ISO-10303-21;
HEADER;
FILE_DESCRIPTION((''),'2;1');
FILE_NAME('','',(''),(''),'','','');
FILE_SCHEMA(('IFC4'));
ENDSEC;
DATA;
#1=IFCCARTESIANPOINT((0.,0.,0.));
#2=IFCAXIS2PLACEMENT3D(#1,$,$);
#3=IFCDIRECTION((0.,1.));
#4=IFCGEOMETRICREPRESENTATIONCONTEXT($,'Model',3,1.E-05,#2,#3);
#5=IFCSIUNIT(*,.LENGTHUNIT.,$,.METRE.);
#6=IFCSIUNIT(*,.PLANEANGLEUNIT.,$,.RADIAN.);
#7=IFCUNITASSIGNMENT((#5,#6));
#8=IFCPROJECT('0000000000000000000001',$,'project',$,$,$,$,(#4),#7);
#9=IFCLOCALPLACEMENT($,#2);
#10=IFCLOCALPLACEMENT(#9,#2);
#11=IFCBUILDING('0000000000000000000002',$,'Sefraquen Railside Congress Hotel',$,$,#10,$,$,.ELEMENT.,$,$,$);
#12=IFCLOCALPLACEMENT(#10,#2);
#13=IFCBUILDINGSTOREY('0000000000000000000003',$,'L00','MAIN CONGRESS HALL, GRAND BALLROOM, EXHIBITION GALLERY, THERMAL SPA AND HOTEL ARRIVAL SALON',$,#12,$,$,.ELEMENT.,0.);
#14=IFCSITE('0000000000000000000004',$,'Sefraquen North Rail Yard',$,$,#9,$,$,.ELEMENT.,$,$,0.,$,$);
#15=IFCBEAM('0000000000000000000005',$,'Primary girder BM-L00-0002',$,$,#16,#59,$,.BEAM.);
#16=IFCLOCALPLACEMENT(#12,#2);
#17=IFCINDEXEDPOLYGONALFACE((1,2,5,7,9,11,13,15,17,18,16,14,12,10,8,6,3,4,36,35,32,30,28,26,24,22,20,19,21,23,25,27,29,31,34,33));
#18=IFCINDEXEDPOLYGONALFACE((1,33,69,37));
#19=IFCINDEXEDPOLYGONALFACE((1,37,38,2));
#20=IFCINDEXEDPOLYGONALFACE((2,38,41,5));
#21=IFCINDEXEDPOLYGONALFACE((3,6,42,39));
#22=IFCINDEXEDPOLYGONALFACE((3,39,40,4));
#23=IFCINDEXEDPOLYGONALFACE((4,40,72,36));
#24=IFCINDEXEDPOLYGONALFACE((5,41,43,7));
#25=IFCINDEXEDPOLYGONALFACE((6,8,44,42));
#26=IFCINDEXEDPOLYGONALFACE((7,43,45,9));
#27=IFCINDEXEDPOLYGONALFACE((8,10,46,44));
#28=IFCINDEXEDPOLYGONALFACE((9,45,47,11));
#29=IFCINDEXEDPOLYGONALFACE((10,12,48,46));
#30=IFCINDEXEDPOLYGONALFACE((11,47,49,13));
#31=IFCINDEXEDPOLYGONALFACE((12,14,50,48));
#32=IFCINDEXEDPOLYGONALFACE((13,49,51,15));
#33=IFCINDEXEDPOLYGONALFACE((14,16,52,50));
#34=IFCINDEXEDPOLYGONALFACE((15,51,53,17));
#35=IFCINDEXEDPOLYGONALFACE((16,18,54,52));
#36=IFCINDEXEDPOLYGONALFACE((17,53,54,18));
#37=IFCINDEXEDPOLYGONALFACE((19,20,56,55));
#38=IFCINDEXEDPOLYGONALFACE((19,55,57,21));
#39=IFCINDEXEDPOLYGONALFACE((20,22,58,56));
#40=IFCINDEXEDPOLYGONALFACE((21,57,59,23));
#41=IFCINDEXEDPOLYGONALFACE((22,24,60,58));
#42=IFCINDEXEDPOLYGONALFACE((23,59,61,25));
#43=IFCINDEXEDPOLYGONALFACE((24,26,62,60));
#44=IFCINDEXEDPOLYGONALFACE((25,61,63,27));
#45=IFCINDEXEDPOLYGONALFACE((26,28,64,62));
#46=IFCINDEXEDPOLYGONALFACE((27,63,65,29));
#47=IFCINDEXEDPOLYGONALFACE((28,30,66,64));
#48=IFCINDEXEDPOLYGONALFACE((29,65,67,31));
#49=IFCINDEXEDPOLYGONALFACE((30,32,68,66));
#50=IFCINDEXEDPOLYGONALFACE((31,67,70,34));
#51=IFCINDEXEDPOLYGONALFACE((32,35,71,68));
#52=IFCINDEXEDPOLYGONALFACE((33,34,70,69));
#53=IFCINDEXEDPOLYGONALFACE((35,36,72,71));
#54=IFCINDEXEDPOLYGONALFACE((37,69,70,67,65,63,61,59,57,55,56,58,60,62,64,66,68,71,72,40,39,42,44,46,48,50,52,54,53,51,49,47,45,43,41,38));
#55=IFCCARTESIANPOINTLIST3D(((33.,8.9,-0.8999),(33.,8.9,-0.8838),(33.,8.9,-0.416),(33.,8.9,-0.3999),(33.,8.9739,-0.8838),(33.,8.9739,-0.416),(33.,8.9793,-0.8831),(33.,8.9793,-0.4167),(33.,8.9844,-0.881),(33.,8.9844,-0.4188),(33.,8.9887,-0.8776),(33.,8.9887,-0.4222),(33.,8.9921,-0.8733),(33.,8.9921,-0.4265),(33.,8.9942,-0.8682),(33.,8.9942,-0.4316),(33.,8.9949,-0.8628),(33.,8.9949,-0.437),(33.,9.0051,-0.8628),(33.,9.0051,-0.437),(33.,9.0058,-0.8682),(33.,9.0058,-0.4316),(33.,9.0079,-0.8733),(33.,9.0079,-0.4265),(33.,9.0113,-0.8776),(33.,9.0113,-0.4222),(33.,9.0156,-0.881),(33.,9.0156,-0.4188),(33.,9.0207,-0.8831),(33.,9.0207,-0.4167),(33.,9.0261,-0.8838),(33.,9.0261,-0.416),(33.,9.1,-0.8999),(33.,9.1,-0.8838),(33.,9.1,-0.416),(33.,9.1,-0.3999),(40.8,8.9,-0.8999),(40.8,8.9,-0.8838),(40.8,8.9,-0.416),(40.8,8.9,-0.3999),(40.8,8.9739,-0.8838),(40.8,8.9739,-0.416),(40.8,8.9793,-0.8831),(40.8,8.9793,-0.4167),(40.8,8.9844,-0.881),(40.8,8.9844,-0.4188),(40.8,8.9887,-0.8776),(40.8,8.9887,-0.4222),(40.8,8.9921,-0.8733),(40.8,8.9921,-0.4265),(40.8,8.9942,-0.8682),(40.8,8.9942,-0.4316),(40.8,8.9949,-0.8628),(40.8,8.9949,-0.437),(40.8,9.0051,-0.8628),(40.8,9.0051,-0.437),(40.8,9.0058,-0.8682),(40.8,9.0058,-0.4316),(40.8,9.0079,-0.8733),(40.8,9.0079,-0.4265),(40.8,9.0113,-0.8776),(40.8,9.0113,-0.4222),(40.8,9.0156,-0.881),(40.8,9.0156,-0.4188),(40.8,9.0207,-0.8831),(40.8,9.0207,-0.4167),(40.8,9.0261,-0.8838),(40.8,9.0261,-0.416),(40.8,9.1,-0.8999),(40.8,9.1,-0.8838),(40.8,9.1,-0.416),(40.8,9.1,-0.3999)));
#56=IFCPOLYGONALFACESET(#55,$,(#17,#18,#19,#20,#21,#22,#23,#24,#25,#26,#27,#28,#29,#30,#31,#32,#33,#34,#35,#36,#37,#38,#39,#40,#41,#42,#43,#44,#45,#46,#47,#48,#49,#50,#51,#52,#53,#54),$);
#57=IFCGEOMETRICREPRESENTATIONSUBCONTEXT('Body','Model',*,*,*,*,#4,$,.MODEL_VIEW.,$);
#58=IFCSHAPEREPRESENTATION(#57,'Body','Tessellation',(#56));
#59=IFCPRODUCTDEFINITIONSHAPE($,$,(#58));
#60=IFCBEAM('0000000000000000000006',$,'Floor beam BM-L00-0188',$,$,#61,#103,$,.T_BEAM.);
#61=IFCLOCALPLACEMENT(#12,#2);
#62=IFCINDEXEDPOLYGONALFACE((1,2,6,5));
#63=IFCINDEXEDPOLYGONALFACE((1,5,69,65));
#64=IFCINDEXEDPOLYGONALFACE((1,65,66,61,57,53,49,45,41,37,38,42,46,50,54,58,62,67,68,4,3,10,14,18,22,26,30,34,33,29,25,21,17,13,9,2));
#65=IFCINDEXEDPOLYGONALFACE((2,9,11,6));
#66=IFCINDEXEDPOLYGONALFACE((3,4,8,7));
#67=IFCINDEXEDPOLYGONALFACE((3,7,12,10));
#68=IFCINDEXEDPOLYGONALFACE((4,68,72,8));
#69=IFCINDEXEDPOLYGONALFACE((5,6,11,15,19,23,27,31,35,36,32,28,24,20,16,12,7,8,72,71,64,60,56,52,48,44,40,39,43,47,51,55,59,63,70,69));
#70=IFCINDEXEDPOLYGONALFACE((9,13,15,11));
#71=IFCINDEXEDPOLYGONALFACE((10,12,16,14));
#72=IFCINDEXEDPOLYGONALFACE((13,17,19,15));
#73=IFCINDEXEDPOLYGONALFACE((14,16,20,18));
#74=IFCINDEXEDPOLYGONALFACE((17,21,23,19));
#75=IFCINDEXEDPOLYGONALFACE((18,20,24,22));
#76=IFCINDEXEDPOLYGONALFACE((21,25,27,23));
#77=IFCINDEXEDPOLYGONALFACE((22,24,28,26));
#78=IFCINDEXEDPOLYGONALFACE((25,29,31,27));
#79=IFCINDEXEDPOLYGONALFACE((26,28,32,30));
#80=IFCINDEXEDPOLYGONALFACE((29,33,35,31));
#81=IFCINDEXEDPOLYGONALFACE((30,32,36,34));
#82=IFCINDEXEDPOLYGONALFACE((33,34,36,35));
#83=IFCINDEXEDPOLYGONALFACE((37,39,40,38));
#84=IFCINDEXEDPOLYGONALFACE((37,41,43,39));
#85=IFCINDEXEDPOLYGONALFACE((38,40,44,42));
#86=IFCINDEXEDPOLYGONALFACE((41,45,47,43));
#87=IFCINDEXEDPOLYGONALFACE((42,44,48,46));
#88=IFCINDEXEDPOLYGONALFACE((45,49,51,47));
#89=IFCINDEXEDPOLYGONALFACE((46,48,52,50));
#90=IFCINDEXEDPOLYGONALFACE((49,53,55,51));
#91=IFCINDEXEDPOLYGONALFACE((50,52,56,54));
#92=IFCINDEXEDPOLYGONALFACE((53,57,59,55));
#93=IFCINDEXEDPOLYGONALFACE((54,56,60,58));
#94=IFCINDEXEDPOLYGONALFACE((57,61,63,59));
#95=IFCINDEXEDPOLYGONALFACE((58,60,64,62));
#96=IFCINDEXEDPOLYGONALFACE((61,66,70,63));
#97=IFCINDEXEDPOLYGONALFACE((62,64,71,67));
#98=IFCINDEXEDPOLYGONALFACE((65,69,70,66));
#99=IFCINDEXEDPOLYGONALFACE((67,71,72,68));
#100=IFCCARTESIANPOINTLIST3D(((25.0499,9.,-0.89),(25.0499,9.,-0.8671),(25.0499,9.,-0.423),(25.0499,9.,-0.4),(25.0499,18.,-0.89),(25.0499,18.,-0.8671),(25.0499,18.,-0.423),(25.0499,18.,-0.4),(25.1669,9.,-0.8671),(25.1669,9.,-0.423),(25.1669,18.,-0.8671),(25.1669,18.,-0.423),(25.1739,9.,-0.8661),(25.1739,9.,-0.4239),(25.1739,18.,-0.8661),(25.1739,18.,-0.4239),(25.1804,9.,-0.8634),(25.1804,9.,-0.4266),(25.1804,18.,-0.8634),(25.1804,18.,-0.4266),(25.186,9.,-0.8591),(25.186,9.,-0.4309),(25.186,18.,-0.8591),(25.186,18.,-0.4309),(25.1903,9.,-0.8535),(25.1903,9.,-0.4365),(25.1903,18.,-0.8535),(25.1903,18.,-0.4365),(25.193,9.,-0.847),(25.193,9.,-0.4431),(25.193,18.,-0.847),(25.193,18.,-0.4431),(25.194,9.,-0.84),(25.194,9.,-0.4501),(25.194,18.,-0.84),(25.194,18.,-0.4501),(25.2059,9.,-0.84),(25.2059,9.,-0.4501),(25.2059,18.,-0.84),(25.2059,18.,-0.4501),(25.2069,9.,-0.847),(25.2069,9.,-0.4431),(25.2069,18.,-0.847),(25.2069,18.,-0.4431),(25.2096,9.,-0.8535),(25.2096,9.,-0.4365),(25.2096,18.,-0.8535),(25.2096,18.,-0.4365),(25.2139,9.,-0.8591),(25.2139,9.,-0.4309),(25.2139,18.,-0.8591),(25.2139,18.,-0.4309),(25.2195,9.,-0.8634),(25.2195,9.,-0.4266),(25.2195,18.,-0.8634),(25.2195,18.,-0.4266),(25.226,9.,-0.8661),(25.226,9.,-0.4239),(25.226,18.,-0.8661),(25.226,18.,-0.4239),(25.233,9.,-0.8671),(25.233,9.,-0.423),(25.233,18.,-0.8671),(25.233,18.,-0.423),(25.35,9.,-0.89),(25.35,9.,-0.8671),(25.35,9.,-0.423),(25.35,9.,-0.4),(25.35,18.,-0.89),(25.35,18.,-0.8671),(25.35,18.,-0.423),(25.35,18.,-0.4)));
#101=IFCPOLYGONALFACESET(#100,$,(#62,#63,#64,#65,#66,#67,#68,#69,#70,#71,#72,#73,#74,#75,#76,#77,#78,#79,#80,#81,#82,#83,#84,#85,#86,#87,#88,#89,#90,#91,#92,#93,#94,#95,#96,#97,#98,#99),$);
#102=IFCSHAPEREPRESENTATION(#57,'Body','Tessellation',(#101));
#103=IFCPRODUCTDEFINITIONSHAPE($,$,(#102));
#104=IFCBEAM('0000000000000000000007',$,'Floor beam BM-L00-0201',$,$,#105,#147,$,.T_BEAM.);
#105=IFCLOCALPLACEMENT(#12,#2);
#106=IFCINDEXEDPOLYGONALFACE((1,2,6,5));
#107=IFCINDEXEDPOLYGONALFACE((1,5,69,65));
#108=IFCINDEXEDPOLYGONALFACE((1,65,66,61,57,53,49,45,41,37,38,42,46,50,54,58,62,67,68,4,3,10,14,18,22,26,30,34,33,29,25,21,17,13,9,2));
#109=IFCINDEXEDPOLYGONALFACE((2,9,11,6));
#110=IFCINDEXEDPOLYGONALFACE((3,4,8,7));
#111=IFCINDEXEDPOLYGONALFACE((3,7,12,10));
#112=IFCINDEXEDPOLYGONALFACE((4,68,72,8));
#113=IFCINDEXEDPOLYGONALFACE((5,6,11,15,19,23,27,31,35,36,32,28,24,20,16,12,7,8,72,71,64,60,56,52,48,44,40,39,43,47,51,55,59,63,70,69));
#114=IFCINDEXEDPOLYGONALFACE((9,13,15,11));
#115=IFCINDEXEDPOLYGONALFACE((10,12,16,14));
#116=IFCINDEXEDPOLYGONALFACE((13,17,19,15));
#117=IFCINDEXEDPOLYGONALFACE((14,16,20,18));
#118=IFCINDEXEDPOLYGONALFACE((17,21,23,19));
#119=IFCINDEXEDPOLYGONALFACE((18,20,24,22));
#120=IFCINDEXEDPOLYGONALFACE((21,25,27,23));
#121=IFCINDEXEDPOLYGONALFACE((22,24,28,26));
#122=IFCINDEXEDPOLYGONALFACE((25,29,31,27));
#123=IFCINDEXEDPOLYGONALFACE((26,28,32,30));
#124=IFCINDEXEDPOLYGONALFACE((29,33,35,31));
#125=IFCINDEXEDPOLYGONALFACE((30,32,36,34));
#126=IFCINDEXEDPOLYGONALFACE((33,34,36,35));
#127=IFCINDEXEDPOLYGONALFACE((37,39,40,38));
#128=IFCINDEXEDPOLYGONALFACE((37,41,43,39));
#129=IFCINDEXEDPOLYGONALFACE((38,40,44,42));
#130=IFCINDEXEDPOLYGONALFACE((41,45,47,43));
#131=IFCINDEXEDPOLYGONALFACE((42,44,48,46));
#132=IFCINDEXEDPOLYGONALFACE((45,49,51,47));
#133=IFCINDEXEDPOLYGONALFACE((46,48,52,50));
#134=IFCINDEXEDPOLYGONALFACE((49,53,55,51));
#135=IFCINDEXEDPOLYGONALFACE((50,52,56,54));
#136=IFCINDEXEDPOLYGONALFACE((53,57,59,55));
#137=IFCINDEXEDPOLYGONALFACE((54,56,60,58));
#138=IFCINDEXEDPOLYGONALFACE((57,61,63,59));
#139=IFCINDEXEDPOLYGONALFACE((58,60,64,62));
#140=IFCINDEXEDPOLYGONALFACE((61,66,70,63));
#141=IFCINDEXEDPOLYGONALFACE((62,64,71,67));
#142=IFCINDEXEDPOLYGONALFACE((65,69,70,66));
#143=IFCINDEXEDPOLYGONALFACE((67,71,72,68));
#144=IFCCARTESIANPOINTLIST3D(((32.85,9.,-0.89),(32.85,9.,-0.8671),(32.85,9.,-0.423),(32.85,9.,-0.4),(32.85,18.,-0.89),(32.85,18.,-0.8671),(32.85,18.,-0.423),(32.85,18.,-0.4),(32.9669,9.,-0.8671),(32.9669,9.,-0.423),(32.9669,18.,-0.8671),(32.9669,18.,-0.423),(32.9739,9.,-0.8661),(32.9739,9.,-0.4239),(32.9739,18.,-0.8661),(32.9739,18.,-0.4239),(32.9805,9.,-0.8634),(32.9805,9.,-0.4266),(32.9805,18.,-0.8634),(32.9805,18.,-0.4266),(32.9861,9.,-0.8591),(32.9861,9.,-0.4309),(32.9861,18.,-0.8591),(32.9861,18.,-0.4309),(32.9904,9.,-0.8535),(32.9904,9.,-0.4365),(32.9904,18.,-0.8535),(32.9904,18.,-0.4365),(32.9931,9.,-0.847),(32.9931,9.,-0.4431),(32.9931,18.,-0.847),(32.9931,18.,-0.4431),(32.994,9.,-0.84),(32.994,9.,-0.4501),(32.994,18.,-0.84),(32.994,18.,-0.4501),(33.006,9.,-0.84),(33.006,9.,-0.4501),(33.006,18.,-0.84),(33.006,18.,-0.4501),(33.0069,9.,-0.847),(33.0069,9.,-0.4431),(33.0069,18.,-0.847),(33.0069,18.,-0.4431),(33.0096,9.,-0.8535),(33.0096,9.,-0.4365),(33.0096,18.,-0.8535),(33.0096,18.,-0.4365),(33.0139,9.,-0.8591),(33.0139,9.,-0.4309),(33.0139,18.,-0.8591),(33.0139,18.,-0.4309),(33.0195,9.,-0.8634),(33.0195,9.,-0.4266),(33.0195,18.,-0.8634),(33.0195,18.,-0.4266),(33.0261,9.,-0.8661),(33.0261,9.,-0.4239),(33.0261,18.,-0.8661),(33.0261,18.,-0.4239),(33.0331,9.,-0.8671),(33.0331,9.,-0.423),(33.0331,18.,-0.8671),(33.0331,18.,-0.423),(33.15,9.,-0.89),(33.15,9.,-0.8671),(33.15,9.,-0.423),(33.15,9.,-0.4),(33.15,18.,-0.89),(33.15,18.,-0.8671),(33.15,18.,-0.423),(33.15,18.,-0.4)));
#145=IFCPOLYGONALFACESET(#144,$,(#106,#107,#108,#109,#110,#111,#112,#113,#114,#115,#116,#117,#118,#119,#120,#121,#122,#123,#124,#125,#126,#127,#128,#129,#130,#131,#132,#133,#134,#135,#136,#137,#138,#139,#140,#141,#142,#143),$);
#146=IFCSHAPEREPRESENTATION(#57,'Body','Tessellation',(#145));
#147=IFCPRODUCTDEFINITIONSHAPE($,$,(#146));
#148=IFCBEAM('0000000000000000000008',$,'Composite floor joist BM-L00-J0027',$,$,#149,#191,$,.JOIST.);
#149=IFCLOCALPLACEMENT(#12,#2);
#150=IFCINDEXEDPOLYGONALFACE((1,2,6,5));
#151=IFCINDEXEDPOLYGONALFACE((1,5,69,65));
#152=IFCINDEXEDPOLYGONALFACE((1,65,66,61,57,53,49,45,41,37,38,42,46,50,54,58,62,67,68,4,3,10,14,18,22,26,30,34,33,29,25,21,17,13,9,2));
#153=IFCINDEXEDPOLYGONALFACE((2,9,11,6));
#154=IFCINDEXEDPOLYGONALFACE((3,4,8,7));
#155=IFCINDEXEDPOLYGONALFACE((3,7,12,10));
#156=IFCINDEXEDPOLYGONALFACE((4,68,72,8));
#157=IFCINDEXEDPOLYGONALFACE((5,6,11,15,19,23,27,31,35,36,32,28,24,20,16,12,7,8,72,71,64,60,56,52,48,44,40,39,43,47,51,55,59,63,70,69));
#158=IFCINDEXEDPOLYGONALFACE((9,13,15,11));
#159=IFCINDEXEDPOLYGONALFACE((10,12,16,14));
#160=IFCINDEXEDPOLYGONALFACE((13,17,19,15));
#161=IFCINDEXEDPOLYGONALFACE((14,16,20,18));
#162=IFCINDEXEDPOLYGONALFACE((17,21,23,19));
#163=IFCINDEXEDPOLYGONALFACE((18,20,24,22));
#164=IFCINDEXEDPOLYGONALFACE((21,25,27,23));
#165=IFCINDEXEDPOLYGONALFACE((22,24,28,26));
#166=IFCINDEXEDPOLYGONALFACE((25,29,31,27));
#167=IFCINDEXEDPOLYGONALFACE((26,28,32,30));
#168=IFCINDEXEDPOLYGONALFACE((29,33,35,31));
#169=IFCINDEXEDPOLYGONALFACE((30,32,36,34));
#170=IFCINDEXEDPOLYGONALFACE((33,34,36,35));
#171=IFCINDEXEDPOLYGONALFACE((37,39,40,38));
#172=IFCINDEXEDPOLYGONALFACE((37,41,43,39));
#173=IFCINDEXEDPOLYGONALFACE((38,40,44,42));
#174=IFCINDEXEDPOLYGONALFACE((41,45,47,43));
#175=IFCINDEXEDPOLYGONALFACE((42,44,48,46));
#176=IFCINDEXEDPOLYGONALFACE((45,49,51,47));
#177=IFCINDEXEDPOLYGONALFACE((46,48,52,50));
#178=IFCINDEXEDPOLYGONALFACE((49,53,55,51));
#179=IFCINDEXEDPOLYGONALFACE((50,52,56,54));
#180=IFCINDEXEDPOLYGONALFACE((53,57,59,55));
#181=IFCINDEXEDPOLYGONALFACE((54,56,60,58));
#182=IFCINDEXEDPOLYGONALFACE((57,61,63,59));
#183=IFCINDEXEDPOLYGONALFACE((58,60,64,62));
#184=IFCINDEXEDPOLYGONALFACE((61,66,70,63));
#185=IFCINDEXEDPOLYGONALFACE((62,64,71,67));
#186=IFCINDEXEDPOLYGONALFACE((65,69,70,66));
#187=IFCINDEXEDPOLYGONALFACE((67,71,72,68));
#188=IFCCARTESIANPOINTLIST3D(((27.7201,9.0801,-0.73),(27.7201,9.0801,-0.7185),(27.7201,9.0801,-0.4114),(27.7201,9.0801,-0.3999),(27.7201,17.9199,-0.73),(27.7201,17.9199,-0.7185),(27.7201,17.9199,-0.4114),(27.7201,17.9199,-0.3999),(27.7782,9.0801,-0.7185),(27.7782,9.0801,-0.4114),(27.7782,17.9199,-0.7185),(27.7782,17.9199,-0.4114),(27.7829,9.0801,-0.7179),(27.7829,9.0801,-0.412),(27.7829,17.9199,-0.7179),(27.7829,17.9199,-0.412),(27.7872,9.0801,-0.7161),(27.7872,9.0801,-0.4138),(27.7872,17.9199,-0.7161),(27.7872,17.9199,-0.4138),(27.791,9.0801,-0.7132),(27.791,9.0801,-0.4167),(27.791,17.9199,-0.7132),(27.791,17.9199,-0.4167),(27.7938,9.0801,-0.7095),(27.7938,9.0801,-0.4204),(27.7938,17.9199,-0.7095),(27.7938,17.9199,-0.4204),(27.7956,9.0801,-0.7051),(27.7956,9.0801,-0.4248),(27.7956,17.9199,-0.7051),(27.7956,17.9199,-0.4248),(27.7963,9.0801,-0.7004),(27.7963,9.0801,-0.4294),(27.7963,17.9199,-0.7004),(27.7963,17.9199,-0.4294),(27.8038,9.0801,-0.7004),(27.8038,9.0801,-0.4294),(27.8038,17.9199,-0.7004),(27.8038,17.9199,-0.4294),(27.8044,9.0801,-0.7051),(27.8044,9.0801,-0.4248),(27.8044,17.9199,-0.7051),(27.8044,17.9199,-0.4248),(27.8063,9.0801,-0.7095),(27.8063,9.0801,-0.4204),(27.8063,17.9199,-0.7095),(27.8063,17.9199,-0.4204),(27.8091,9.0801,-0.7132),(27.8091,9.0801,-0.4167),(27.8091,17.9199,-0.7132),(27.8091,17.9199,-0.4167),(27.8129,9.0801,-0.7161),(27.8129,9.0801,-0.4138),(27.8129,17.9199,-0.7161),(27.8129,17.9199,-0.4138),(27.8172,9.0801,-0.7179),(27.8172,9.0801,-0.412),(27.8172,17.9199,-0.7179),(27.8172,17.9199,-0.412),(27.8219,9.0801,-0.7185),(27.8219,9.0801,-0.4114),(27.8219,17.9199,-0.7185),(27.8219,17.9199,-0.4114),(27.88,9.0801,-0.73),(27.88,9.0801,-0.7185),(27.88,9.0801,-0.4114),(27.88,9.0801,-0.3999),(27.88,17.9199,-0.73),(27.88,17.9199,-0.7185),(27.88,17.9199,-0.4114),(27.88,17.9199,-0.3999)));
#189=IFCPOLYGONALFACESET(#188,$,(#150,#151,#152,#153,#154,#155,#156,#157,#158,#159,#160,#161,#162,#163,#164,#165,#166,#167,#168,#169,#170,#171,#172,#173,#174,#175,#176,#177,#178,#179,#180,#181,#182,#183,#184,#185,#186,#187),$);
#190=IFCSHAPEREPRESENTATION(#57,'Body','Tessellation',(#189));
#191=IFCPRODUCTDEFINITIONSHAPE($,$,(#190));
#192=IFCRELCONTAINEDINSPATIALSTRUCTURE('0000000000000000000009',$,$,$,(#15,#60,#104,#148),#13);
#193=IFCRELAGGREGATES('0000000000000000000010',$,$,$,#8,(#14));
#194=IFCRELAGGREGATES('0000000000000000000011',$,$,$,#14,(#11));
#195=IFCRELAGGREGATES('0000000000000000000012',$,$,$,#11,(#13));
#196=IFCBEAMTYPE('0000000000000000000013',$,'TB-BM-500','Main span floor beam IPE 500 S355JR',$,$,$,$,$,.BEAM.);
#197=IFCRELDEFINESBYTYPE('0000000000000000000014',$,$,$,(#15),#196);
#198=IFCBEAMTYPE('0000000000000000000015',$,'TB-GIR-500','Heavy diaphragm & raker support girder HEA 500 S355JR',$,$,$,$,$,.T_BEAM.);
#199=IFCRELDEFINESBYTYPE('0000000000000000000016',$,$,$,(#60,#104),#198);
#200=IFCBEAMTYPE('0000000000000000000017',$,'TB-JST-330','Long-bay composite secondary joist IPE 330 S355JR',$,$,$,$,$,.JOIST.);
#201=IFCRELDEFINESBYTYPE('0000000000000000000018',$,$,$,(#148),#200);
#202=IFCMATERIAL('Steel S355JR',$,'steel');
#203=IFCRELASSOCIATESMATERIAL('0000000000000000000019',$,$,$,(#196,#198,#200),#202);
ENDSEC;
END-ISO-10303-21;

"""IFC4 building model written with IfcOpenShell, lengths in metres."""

from ifc_helpers import new_model, si_unit, direction, frame, origin, origin_2d, place, context, subcontext, project, spatial, i_section, extrude, material, material_profile, profile_set, type_object, element, save


model = new_model("IFC4")

# Units and contexts
model_context = context("Model", 3, precision=1e-05, world=origin(), true_north=direction((0.0, 1.0)))
body_context = subcontext(model_context, "Body", "Model", "MODEL_VIEW")
ifc_project = project(units=[si_unit("LENGTHUNIT", "METRE"), si_unit("PLANEANGLEUNIT", "RADIAN")], contexts=[model_context])

# Site, building, storey
site_placement = place(None, origin())
site = spatial("IfcSite", under=ifc_project, at=site_placement, Name="Sefraquen North Rail Yard", CompositionType="ELEMENT", RefElevation=0.0)
building_placement = place(site_placement, origin())
building = spatial("IfcBuilding", under=site, at=building_placement, Name="Sefraquen Railside Congress Hotel", CompositionType="ELEMENT")
storey_placement = place(building_placement, origin())
storey = spatial("IfcBuildingStorey", under=building, at=storey_placement, Name="L00", Description="MAIN CONGRESS HALL, GRAND BALLROOM, EXHIBITION GALLERY, THERMAL SPA AND HOTEL ARRIVAL SALON", CompositionType="ELEMENT", Elevation=0.0)

# Shared definitions
ifc_material_1 = material(Name="Steel S355JR", Category="steel")

# Beams
ifc_material_profile_1 = material_profile(ifc_material_1, i_section(OverallWidth=0.2, OverallDepth=0.5, WebThickness=0.0103, FlangeThickness=0.0161, FilletRadius=0.021, at=origin_2d()), Name="IPE 500")
ifc_profile_set_1 = profile_set([ifc_material_profile_1], Name="Steel S355JR")
beam_type_1 = type_object("IfcBeamType", Name="TB-BM-500", Description="Main span floor beam IPE 500 S355JR", PredefinedType="BEAM", material=ifc_profile_set_1)
for number, where, z_axis, x_axis, name in (
    (1, (33.0, 9.0, -0.6499), (1.0, 0.0, 0.0), (0.0, 1.0, 0.0), "Primary girder BM-L00-0002"),
):
    element("IfcBeam", number, at=place(storey_placement, frame(where, z_axis=z_axis, x_axis=x_axis)), inside=storey, type_object=beam_type_1, Name=name, PredefinedType="BEAM", context=body_context, shape_type="SweptSolid", body=[
        extrude(i_section(OverallWidth=0.2, OverallDepth=0.5, WebThickness=0.0103, FlangeThickness=0.0161, FilletRadius=0.021, at=origin_2d()), origin(), (0.0, 0.0, 1.0), 7.8),
    ])
ifc_material_profile_2 = material_profile(ifc_material_1, i_section(OverallWidth=0.3, OverallDepth=0.49, WebThickness=0.012, FlangeThickness=0.0229, FilletRadius=0.0271, at=origin_2d()), Name="HEA 500")
ifc_profile_set_2 = profile_set([ifc_material_profile_2], Name="Steel S355JR")
beam_type_2 = type_object("IfcBeamType", Name="TB-GIR-500", Description="Heavy diaphragm & raker support girder HEA 500 S355JR", PredefinedType="T_BEAM", material=ifc_profile_set_2)
for number, where, z_axis, x_axis, name in (
    (2, (25.2, 9.0, -0.645), (0.0, 1.0, 0.0), (-1.0, 0.0, 0.0), "Floor beam BM-L00-0188"),
    (3, (33.0, 9.0, -0.645), (0.0, 1.0, 0.0), (-1.0, 0.0, 0.0), "Floor beam BM-L00-0201"),
):
    element("IfcBeam", number, at=place(storey_placement, frame(where, z_axis=z_axis, x_axis=x_axis)), inside=storey, type_object=beam_type_2, Name=name, PredefinedType="T_BEAM", context=body_context, shape_type="SweptSolid", body=[
        extrude(i_section(OverallWidth=0.3, OverallDepth=0.49, WebThickness=0.012, FlangeThickness=0.0229, FilletRadius=0.0271, at=origin_2d()), origin(), (0.0, 0.0, 1.0), 9.0),
    ])
ifc_material_profile_3 = material_profile(ifc_material_1, i_section(OverallWidth=0.1599, OverallDepth=0.3301, WebThickness=0.0076, FlangeThickness=0.0115, FilletRadius=0.0181, at=origin_2d()), Name="IPE 330")
ifc_profile_set_3 = profile_set([ifc_material_profile_3], Name="Steel S355JR")
beam_type_3 = type_object("IfcBeamType", Name="TB-JST-330", Description="Long-bay composite secondary joist IPE 330 S355JR", PredefinedType="JOIST", material=ifc_profile_set_3)
for number, where, z_axis, x_axis, name in (
    (4, (27.8, 9.0801, -0.5649), (0.0, 1.0, 0.0), (-1.0, 0.0, 0.0), "Composite floor joist BM-L00-J0027"),
):
    element("IfcBeam", number, at=place(storey_placement, frame(where, z_axis=z_axis, x_axis=x_axis)), inside=storey, type_object=beam_type_3, Name=name, PredefinedType="JOIST", context=body_context, shape_type="SweptSolid", body=[
        extrude(i_section(OverallWidth=0.1599, OverallDepth=0.3301, WebThickness=0.0076, FlangeThickness=0.0115, FilletRadius=0.0181, at=origin_2d()), origin(), (0.0, 0.0, 1.0), 8.8398),
    ])

save(model, "model.ifc")
